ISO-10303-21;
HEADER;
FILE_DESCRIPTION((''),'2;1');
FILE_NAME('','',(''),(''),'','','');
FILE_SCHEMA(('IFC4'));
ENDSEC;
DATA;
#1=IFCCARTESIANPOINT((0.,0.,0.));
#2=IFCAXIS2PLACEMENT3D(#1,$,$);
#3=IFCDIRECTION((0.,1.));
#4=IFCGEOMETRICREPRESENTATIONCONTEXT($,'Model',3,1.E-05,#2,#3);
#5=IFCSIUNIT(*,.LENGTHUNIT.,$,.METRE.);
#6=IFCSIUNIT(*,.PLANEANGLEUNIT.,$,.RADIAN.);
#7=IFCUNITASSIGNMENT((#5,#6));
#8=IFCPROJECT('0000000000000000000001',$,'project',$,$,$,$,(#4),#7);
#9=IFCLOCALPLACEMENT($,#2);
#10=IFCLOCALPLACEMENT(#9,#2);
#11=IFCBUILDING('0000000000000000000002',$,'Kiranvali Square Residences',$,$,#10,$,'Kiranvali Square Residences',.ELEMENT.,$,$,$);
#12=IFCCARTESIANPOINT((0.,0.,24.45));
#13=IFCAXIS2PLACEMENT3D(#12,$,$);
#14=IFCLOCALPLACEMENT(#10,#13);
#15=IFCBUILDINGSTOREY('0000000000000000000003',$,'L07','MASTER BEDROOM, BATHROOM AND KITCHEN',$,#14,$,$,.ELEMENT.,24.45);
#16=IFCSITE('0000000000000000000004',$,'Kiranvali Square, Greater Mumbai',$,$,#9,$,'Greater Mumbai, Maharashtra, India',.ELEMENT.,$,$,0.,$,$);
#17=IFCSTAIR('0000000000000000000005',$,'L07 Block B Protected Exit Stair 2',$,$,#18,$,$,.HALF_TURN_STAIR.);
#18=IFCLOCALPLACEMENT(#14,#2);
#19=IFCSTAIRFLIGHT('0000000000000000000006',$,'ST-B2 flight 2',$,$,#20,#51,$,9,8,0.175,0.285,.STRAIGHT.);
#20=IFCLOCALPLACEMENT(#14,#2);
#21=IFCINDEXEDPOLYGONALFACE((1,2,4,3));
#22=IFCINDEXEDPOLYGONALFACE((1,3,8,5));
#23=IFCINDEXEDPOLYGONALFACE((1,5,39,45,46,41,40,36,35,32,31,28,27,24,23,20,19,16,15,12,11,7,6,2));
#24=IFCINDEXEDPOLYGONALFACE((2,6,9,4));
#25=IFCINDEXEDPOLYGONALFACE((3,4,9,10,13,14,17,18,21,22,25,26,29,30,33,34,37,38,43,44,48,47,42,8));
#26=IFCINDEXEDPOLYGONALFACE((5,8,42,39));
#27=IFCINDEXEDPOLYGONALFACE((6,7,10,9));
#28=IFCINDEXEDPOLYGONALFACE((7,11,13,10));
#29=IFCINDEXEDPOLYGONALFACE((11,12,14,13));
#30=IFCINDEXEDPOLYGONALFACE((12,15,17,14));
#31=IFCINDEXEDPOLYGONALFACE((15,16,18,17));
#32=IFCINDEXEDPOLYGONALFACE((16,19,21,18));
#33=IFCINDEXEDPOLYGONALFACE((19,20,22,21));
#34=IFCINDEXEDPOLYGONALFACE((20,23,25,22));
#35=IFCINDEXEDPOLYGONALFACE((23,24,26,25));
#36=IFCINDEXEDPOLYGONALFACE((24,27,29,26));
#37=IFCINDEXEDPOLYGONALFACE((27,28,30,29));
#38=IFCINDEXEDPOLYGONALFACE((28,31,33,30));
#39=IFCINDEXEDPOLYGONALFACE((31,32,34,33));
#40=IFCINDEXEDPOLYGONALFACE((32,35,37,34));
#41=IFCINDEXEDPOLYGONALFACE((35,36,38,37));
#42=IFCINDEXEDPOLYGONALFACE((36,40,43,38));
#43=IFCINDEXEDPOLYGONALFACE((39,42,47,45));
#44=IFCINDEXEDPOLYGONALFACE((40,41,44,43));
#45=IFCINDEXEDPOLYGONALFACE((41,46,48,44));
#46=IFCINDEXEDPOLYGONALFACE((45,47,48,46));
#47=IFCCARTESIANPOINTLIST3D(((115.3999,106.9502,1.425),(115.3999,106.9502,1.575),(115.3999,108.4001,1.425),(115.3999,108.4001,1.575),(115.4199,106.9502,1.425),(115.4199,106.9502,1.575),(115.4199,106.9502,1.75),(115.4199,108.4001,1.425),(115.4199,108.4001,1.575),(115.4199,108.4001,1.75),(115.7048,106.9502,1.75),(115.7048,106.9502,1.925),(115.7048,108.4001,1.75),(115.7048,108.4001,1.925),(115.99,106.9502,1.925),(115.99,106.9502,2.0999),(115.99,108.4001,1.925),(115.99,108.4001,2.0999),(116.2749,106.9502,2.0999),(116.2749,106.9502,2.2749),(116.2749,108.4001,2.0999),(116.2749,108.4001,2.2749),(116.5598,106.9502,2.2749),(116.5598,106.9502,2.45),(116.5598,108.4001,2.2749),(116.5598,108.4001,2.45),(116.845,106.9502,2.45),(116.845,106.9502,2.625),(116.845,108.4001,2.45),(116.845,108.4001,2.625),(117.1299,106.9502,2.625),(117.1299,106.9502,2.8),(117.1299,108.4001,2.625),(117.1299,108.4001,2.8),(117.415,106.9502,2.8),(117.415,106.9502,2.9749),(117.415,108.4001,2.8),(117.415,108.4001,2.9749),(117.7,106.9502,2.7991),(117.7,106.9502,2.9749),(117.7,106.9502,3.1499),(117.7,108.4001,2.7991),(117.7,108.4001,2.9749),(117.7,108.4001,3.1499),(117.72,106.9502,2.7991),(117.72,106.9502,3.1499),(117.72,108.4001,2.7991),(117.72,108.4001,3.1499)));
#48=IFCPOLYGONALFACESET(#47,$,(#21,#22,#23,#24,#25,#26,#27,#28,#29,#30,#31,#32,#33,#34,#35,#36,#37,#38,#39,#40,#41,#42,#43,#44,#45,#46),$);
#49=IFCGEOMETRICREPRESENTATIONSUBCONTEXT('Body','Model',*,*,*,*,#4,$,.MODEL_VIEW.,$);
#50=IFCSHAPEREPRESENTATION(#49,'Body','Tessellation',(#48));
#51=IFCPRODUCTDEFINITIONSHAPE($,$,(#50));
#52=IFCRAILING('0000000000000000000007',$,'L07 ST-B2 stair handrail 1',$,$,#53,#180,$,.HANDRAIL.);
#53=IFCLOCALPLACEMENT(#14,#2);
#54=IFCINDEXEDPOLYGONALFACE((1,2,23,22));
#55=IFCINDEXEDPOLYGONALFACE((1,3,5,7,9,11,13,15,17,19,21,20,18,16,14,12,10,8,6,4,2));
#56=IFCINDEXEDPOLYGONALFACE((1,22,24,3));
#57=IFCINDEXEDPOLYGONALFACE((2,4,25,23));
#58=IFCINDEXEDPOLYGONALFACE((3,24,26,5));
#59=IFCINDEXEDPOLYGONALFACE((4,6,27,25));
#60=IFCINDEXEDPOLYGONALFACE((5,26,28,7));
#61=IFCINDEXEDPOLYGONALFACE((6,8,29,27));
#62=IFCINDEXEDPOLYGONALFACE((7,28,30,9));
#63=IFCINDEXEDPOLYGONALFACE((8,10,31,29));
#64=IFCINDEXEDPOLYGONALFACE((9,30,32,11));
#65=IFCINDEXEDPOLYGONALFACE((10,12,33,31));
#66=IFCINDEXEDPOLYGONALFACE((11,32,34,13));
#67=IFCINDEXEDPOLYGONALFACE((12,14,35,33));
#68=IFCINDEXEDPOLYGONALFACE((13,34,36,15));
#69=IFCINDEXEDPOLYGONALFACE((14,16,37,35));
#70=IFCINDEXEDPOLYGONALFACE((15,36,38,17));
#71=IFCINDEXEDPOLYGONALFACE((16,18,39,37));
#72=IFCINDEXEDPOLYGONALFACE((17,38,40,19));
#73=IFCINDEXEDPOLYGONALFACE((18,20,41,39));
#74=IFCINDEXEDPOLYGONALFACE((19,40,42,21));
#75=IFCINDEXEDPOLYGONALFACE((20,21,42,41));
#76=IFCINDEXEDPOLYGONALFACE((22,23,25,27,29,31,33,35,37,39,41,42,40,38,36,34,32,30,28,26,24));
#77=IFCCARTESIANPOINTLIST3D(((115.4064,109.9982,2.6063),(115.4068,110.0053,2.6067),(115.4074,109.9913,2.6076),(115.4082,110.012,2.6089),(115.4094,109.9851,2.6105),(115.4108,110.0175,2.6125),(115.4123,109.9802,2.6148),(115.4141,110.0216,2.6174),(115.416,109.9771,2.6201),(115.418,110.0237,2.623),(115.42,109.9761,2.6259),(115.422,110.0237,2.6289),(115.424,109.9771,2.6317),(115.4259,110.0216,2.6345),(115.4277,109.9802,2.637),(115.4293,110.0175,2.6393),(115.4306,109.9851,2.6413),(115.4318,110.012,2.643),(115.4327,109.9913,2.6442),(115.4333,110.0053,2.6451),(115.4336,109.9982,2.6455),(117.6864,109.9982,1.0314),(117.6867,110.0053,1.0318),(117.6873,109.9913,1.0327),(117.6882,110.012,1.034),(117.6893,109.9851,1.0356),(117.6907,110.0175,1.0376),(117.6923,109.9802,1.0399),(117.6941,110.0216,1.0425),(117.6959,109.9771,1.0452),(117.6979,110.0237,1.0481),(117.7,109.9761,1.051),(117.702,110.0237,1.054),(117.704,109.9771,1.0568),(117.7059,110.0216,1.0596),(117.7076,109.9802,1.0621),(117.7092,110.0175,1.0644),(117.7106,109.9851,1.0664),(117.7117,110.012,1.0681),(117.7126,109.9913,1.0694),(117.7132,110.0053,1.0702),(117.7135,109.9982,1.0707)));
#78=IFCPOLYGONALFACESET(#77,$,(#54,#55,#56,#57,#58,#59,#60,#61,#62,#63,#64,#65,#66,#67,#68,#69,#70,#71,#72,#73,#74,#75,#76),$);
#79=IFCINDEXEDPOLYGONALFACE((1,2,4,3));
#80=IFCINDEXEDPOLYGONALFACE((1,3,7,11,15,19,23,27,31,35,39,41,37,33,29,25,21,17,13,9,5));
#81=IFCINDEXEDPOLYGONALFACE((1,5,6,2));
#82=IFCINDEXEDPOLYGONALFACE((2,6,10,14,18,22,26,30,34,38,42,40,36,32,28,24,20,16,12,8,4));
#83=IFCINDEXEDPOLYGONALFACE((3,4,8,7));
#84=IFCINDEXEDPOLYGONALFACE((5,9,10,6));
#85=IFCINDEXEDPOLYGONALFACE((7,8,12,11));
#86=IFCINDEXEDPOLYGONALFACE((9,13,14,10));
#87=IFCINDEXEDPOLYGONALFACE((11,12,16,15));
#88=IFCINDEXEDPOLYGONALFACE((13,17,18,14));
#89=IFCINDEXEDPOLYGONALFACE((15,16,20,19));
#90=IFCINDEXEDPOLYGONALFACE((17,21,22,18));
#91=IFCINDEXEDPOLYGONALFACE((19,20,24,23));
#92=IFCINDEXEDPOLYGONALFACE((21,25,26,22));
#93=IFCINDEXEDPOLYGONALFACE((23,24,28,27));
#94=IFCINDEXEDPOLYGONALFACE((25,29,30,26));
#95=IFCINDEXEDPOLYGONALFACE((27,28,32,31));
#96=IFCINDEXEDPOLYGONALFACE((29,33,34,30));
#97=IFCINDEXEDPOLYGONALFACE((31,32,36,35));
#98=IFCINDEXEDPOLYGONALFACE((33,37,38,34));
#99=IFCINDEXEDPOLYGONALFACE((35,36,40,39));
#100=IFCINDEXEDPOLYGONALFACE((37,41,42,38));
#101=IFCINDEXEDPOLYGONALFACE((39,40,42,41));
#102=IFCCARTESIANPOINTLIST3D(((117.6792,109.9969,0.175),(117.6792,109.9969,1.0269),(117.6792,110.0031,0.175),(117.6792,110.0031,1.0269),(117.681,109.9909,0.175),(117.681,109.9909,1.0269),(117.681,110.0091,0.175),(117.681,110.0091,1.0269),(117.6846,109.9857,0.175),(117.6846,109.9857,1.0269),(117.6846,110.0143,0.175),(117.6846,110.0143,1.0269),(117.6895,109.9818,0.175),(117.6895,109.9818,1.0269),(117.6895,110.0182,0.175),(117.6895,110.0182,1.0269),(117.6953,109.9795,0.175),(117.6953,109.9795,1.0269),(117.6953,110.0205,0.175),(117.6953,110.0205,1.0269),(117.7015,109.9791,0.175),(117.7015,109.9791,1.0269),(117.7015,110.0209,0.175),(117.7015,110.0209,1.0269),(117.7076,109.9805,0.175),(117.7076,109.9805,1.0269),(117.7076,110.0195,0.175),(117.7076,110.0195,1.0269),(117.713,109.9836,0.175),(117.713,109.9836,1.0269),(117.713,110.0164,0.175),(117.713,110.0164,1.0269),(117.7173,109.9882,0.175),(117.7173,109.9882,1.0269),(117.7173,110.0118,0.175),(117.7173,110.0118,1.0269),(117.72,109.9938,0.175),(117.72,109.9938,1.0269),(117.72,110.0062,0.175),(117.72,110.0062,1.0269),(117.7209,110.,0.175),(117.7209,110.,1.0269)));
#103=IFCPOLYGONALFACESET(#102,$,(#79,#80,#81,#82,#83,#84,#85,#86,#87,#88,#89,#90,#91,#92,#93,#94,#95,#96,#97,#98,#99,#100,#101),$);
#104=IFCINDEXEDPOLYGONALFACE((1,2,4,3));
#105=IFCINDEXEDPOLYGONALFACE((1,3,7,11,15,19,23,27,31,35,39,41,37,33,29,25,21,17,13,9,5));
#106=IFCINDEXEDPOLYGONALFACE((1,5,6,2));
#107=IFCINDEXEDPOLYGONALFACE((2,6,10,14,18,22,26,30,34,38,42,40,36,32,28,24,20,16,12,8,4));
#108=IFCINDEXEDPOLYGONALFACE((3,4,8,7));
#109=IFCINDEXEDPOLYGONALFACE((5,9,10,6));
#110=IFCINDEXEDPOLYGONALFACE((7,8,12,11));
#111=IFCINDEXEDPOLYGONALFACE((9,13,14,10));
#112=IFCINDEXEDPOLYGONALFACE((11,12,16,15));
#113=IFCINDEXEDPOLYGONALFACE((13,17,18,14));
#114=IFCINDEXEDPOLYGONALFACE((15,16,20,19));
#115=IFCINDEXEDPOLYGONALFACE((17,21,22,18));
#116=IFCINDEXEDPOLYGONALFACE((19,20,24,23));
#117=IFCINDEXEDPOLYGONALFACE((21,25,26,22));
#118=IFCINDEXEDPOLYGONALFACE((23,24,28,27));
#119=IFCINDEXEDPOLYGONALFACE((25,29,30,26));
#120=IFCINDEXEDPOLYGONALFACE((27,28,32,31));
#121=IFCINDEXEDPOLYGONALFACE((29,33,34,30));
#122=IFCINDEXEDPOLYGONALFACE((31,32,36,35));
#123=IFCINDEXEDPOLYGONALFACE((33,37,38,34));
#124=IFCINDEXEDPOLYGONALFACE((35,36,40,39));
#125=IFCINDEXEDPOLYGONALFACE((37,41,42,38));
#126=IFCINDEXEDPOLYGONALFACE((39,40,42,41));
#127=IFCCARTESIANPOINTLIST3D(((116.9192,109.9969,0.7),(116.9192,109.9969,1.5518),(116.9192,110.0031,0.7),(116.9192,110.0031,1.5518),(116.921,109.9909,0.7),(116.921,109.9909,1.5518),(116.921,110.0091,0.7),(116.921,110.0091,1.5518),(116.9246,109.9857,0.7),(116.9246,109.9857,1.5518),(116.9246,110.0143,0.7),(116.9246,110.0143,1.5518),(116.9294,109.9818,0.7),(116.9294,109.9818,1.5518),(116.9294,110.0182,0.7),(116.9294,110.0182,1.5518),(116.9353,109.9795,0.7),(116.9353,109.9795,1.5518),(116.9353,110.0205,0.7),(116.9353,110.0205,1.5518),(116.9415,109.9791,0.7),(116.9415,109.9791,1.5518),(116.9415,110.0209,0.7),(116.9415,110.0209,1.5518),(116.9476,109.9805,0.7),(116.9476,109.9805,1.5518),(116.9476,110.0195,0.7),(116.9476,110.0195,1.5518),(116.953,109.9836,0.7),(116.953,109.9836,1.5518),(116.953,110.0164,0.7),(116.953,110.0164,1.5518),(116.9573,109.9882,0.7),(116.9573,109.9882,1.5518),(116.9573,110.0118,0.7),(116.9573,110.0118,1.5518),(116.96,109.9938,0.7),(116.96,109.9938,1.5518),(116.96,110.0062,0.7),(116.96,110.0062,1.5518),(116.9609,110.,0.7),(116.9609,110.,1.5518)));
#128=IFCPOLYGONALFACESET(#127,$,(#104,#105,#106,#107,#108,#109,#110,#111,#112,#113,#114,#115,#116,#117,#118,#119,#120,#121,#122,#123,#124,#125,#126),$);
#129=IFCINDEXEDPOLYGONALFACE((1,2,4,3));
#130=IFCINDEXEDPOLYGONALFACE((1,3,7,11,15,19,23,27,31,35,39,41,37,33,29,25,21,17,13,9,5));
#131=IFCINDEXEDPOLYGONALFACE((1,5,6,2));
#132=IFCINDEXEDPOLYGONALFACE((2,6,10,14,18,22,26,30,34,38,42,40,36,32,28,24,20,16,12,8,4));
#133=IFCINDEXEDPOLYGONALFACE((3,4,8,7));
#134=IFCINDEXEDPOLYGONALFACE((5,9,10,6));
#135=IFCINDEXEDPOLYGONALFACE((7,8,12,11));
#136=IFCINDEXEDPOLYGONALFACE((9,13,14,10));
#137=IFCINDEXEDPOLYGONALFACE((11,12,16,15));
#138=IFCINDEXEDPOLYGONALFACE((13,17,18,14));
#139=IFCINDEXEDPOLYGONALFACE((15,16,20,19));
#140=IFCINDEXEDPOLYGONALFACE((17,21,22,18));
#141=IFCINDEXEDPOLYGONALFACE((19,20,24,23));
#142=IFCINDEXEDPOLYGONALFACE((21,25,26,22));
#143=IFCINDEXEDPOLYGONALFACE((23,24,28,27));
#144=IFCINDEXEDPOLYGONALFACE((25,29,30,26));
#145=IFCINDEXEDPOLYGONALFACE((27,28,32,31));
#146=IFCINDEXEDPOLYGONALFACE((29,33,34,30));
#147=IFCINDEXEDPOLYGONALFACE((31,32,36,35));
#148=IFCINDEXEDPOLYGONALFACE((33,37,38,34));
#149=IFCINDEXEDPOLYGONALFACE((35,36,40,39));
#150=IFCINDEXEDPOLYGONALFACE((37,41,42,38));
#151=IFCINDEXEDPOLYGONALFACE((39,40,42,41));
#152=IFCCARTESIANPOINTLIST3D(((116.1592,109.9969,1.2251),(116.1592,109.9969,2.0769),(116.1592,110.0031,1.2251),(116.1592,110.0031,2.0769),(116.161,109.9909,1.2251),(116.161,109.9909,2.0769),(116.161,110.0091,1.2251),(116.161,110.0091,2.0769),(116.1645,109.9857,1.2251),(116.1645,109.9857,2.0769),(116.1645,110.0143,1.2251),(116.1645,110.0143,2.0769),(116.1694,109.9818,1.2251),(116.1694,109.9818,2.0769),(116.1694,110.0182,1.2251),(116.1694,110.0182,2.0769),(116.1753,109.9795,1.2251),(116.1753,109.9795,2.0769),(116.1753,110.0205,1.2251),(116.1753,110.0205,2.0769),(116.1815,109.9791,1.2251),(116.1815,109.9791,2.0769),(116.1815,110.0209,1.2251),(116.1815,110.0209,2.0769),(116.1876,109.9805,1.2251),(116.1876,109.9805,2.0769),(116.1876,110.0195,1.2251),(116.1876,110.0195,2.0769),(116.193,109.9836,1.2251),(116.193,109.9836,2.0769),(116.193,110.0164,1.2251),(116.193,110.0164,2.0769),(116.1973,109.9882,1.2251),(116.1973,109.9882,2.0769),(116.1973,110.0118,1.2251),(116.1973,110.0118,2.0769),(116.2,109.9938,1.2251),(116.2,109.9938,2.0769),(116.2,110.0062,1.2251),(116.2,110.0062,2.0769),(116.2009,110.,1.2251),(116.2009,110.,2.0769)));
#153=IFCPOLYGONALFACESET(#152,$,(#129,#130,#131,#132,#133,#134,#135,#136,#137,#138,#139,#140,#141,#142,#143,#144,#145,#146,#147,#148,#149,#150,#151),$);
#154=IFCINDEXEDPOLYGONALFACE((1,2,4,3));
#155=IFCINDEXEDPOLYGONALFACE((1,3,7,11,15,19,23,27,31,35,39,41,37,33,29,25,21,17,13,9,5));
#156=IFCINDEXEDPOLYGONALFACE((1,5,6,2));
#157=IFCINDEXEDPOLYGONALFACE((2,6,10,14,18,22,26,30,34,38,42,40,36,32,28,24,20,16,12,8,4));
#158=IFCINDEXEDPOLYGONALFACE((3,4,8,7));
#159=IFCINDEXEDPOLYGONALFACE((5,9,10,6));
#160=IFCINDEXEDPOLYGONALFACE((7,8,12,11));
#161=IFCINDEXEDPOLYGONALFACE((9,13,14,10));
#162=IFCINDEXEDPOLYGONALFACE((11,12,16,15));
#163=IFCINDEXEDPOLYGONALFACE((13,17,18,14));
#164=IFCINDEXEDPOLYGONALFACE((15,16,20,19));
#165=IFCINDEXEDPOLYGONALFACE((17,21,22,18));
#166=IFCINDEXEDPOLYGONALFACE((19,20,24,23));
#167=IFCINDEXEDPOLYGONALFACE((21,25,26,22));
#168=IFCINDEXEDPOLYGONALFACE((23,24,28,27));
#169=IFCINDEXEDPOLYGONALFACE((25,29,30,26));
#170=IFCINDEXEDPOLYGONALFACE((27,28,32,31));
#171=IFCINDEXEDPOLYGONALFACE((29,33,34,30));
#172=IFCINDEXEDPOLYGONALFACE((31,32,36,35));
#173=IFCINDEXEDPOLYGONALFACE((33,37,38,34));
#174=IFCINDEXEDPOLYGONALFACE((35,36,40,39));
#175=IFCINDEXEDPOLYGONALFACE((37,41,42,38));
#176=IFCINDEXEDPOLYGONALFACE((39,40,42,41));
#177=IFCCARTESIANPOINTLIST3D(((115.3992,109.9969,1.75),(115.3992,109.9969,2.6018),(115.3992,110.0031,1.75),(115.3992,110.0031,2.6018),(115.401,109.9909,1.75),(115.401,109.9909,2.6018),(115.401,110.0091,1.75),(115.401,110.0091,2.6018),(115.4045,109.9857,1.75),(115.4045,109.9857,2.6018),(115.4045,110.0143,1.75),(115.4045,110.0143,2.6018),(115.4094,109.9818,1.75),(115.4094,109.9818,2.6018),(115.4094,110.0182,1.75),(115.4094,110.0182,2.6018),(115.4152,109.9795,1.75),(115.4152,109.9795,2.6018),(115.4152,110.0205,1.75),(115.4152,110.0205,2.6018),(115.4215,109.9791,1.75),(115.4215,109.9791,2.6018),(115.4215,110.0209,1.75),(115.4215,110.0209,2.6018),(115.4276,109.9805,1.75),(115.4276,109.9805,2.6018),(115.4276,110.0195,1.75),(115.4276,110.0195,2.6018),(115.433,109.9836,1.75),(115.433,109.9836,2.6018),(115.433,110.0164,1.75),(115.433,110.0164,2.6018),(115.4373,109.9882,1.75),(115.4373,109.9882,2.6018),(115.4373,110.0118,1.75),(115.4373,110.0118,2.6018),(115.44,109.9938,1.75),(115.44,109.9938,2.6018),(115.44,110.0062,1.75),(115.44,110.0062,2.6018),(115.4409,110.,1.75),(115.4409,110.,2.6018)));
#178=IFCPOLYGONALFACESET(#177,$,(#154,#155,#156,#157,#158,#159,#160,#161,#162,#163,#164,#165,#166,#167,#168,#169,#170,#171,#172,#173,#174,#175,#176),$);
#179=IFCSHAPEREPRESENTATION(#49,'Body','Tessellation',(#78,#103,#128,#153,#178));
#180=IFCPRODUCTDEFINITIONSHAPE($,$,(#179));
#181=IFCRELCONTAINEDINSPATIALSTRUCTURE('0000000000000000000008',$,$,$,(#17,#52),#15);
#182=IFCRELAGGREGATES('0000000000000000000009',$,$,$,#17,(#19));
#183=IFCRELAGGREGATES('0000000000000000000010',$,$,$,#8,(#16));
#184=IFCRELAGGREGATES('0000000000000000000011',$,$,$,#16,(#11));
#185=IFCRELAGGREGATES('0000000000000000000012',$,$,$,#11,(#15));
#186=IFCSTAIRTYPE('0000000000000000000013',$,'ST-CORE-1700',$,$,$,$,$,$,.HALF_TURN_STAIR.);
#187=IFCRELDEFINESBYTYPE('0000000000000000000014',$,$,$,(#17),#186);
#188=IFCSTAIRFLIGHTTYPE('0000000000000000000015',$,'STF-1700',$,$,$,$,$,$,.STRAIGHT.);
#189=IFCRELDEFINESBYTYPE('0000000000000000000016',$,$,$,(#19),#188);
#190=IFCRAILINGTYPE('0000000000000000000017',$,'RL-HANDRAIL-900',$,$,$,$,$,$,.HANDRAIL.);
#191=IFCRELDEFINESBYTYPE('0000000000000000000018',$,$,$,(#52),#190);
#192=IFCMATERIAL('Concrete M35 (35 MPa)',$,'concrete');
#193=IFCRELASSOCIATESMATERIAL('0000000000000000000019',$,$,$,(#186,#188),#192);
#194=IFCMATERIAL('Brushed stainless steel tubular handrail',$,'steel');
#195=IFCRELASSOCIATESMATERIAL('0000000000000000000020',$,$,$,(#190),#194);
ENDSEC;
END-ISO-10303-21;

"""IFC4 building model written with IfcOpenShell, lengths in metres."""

from ifc_helpers import new_model, si_unit, direction, frame, origin, origin_2d, place, context, subcontext, project, spatial, polyline, circle, outline, extrude, material, type_object, element, aggregate, save


model = new_model("IFC4")

# Units and contexts
model_context = context("Model", 3, precision=1e-05, world=origin(), true_north=direction((0.0, 1.0)))
body_context = subcontext(model_context, "Body", "Model", "MODEL_VIEW")
ifc_project = project(units=[si_unit("LENGTHUNIT", "METRE"), si_unit("PLANEANGLEUNIT", "RADIAN")], contexts=[model_context])

# Site, building, storey
site_placement = place(None, origin())
site = spatial("IfcSite", under=ifc_project, at=site_placement, Name="Kiranvali Square, Greater Mumbai", LongName="Greater Mumbai, Maharashtra, India", CompositionType="ELEMENT", RefElevation=0.0)
building_placement = place(site_placement, origin())
building = spatial("IfcBuilding", under=site, at=building_placement, Name="Kiranvali Square Residences", LongName="Kiranvali Square Residences", CompositionType="ELEMENT")
storey_placement = place(building_placement, frame((0.0, 0.0, 24.45)))
storey = spatial("IfcBuildingStorey", under=building, at=storey_placement, Name="L07", Description="MASTER BEDROOM, BATHROOM AND KITCHEN", CompositionType="ELEMENT", Elevation=24.45)

# Stair, stair flight
ifc_material_1 = material(Name="Concrete M35 (35 MPa)", Category="concrete")
stair_type = type_object("IfcStairType", Name="ST-CORE-1700", PredefinedType="HALF_TURN_STAIR", material=ifc_material_1)
stair_placement = place(storey_placement, origin())
stair = element("IfcStair", 1, at=stair_placement, inside=storey, type_object=stair_type, Name="L07 Block B Protected Exit Stair 2", PredefinedType="HALF_TURN_STAIR")
stair_flight_type = type_object("IfcStairFlightType", Name="STF-1700", PredefinedType="STRAIGHT", material=ifc_material_1)
stair_flight_1_placement = place(storey_placement, frame((115.4199, 107.675, 1.575), z_axis=(0.0, 0.0, 1.0), x_axis=(1.0, 0.0, 0.0)))
stair_flight_1 = element("IfcStairFlight", 2, at=stair_flight_1_placement, type_object=stair_flight_type, Name="ST-B2 flight 2", NumberOfRisers=9, NumberOfTreads=8, PredefinedType="STRAIGHT", RiserHeight=0.175, TreadLength=0.285, context=body_context, shape_type="SweptSolid", body=[
    extrude(outline(polyline([(-0.02, -0.1499), (-0.02, 0.0), (0.0, 0.0), (0.0, 0.175), (0.2849, 0.175), (0.2849, 0.3501), (0.5701, 0.3501), (0.5701, 0.5249), (0.855, 0.5249), (0.855, 0.7), (1.1399, 0.7), (1.1399, 0.875), (1.425, 0.875), (1.425, 1.05), (1.71, 1.05), (1.71, 1.2251), (1.9951, 1.2251), (1.9951, 1.3999), (2.28, 1.3999), (2.28, 1.575), (2.3, 1.575), (2.3, 1.2241), (2.28, 1.2241), (0.0, -0.1499), (-0.02, -0.1499)])), frame((0.0, 0.7251, 0.0), z_axis=(0.0, -1.0, 0.0), x_axis=(1.0, 0.0, 0.0)), (0.0, 0.0, 1.0), 1.45),
])
aggregate(stair, [stair_flight_1])

# Railing
ifc_material_2 = material(Name="Brushed stainless steel tubular handrail", Category="steel")
railing_type_1 = type_object("IfcRailingType", Name="RL-HANDRAIL-900", PredefinedType="HANDRAIL", material=ifc_material_2)
railing_1_placement = place(storey_placement, frame((117.7, 110.0, 0.175)))
element("IfcRailing", 3, at=railing_1_placement, inside=storey, type_object=railing_type_1, Name="L07 ST-B2 stair handrail 1", PredefinedType="HANDRAIL", context=body_context, shape_type="SweptSolid", body=[
    extrude(circle(Radius=0.0239, at=origin_2d()), frame((0.0, 0.0, 0.876), z_axis=(-0.822788, 0.0, 0.568348), x_axis=(0.0, -1.0, 0.0)), (0.0, 0.0, 1.0), 2.771),
    extrude(circle(Radius=0.021, at=origin_2d()), origin(), (0.0, 0.0, 1.0), 0.8518),
    extrude(circle(Radius=0.021, at=origin_2d()), frame((-0.76, 0.0, 0.5249)), (0.0, 0.0, 1.0), 0.8518),
    extrude(circle(Radius=0.021, at=origin_2d()), frame((-1.52, 0.0, 1.05)), (0.0, 0.0, 1.0), 0.8518),
    extrude(circle(Radius=0.021, at=origin_2d()), frame((-2.28, 0.0, 1.575)), (0.0, 0.0, 1.0), 0.8518),
])

save(model, "model.ifc")
